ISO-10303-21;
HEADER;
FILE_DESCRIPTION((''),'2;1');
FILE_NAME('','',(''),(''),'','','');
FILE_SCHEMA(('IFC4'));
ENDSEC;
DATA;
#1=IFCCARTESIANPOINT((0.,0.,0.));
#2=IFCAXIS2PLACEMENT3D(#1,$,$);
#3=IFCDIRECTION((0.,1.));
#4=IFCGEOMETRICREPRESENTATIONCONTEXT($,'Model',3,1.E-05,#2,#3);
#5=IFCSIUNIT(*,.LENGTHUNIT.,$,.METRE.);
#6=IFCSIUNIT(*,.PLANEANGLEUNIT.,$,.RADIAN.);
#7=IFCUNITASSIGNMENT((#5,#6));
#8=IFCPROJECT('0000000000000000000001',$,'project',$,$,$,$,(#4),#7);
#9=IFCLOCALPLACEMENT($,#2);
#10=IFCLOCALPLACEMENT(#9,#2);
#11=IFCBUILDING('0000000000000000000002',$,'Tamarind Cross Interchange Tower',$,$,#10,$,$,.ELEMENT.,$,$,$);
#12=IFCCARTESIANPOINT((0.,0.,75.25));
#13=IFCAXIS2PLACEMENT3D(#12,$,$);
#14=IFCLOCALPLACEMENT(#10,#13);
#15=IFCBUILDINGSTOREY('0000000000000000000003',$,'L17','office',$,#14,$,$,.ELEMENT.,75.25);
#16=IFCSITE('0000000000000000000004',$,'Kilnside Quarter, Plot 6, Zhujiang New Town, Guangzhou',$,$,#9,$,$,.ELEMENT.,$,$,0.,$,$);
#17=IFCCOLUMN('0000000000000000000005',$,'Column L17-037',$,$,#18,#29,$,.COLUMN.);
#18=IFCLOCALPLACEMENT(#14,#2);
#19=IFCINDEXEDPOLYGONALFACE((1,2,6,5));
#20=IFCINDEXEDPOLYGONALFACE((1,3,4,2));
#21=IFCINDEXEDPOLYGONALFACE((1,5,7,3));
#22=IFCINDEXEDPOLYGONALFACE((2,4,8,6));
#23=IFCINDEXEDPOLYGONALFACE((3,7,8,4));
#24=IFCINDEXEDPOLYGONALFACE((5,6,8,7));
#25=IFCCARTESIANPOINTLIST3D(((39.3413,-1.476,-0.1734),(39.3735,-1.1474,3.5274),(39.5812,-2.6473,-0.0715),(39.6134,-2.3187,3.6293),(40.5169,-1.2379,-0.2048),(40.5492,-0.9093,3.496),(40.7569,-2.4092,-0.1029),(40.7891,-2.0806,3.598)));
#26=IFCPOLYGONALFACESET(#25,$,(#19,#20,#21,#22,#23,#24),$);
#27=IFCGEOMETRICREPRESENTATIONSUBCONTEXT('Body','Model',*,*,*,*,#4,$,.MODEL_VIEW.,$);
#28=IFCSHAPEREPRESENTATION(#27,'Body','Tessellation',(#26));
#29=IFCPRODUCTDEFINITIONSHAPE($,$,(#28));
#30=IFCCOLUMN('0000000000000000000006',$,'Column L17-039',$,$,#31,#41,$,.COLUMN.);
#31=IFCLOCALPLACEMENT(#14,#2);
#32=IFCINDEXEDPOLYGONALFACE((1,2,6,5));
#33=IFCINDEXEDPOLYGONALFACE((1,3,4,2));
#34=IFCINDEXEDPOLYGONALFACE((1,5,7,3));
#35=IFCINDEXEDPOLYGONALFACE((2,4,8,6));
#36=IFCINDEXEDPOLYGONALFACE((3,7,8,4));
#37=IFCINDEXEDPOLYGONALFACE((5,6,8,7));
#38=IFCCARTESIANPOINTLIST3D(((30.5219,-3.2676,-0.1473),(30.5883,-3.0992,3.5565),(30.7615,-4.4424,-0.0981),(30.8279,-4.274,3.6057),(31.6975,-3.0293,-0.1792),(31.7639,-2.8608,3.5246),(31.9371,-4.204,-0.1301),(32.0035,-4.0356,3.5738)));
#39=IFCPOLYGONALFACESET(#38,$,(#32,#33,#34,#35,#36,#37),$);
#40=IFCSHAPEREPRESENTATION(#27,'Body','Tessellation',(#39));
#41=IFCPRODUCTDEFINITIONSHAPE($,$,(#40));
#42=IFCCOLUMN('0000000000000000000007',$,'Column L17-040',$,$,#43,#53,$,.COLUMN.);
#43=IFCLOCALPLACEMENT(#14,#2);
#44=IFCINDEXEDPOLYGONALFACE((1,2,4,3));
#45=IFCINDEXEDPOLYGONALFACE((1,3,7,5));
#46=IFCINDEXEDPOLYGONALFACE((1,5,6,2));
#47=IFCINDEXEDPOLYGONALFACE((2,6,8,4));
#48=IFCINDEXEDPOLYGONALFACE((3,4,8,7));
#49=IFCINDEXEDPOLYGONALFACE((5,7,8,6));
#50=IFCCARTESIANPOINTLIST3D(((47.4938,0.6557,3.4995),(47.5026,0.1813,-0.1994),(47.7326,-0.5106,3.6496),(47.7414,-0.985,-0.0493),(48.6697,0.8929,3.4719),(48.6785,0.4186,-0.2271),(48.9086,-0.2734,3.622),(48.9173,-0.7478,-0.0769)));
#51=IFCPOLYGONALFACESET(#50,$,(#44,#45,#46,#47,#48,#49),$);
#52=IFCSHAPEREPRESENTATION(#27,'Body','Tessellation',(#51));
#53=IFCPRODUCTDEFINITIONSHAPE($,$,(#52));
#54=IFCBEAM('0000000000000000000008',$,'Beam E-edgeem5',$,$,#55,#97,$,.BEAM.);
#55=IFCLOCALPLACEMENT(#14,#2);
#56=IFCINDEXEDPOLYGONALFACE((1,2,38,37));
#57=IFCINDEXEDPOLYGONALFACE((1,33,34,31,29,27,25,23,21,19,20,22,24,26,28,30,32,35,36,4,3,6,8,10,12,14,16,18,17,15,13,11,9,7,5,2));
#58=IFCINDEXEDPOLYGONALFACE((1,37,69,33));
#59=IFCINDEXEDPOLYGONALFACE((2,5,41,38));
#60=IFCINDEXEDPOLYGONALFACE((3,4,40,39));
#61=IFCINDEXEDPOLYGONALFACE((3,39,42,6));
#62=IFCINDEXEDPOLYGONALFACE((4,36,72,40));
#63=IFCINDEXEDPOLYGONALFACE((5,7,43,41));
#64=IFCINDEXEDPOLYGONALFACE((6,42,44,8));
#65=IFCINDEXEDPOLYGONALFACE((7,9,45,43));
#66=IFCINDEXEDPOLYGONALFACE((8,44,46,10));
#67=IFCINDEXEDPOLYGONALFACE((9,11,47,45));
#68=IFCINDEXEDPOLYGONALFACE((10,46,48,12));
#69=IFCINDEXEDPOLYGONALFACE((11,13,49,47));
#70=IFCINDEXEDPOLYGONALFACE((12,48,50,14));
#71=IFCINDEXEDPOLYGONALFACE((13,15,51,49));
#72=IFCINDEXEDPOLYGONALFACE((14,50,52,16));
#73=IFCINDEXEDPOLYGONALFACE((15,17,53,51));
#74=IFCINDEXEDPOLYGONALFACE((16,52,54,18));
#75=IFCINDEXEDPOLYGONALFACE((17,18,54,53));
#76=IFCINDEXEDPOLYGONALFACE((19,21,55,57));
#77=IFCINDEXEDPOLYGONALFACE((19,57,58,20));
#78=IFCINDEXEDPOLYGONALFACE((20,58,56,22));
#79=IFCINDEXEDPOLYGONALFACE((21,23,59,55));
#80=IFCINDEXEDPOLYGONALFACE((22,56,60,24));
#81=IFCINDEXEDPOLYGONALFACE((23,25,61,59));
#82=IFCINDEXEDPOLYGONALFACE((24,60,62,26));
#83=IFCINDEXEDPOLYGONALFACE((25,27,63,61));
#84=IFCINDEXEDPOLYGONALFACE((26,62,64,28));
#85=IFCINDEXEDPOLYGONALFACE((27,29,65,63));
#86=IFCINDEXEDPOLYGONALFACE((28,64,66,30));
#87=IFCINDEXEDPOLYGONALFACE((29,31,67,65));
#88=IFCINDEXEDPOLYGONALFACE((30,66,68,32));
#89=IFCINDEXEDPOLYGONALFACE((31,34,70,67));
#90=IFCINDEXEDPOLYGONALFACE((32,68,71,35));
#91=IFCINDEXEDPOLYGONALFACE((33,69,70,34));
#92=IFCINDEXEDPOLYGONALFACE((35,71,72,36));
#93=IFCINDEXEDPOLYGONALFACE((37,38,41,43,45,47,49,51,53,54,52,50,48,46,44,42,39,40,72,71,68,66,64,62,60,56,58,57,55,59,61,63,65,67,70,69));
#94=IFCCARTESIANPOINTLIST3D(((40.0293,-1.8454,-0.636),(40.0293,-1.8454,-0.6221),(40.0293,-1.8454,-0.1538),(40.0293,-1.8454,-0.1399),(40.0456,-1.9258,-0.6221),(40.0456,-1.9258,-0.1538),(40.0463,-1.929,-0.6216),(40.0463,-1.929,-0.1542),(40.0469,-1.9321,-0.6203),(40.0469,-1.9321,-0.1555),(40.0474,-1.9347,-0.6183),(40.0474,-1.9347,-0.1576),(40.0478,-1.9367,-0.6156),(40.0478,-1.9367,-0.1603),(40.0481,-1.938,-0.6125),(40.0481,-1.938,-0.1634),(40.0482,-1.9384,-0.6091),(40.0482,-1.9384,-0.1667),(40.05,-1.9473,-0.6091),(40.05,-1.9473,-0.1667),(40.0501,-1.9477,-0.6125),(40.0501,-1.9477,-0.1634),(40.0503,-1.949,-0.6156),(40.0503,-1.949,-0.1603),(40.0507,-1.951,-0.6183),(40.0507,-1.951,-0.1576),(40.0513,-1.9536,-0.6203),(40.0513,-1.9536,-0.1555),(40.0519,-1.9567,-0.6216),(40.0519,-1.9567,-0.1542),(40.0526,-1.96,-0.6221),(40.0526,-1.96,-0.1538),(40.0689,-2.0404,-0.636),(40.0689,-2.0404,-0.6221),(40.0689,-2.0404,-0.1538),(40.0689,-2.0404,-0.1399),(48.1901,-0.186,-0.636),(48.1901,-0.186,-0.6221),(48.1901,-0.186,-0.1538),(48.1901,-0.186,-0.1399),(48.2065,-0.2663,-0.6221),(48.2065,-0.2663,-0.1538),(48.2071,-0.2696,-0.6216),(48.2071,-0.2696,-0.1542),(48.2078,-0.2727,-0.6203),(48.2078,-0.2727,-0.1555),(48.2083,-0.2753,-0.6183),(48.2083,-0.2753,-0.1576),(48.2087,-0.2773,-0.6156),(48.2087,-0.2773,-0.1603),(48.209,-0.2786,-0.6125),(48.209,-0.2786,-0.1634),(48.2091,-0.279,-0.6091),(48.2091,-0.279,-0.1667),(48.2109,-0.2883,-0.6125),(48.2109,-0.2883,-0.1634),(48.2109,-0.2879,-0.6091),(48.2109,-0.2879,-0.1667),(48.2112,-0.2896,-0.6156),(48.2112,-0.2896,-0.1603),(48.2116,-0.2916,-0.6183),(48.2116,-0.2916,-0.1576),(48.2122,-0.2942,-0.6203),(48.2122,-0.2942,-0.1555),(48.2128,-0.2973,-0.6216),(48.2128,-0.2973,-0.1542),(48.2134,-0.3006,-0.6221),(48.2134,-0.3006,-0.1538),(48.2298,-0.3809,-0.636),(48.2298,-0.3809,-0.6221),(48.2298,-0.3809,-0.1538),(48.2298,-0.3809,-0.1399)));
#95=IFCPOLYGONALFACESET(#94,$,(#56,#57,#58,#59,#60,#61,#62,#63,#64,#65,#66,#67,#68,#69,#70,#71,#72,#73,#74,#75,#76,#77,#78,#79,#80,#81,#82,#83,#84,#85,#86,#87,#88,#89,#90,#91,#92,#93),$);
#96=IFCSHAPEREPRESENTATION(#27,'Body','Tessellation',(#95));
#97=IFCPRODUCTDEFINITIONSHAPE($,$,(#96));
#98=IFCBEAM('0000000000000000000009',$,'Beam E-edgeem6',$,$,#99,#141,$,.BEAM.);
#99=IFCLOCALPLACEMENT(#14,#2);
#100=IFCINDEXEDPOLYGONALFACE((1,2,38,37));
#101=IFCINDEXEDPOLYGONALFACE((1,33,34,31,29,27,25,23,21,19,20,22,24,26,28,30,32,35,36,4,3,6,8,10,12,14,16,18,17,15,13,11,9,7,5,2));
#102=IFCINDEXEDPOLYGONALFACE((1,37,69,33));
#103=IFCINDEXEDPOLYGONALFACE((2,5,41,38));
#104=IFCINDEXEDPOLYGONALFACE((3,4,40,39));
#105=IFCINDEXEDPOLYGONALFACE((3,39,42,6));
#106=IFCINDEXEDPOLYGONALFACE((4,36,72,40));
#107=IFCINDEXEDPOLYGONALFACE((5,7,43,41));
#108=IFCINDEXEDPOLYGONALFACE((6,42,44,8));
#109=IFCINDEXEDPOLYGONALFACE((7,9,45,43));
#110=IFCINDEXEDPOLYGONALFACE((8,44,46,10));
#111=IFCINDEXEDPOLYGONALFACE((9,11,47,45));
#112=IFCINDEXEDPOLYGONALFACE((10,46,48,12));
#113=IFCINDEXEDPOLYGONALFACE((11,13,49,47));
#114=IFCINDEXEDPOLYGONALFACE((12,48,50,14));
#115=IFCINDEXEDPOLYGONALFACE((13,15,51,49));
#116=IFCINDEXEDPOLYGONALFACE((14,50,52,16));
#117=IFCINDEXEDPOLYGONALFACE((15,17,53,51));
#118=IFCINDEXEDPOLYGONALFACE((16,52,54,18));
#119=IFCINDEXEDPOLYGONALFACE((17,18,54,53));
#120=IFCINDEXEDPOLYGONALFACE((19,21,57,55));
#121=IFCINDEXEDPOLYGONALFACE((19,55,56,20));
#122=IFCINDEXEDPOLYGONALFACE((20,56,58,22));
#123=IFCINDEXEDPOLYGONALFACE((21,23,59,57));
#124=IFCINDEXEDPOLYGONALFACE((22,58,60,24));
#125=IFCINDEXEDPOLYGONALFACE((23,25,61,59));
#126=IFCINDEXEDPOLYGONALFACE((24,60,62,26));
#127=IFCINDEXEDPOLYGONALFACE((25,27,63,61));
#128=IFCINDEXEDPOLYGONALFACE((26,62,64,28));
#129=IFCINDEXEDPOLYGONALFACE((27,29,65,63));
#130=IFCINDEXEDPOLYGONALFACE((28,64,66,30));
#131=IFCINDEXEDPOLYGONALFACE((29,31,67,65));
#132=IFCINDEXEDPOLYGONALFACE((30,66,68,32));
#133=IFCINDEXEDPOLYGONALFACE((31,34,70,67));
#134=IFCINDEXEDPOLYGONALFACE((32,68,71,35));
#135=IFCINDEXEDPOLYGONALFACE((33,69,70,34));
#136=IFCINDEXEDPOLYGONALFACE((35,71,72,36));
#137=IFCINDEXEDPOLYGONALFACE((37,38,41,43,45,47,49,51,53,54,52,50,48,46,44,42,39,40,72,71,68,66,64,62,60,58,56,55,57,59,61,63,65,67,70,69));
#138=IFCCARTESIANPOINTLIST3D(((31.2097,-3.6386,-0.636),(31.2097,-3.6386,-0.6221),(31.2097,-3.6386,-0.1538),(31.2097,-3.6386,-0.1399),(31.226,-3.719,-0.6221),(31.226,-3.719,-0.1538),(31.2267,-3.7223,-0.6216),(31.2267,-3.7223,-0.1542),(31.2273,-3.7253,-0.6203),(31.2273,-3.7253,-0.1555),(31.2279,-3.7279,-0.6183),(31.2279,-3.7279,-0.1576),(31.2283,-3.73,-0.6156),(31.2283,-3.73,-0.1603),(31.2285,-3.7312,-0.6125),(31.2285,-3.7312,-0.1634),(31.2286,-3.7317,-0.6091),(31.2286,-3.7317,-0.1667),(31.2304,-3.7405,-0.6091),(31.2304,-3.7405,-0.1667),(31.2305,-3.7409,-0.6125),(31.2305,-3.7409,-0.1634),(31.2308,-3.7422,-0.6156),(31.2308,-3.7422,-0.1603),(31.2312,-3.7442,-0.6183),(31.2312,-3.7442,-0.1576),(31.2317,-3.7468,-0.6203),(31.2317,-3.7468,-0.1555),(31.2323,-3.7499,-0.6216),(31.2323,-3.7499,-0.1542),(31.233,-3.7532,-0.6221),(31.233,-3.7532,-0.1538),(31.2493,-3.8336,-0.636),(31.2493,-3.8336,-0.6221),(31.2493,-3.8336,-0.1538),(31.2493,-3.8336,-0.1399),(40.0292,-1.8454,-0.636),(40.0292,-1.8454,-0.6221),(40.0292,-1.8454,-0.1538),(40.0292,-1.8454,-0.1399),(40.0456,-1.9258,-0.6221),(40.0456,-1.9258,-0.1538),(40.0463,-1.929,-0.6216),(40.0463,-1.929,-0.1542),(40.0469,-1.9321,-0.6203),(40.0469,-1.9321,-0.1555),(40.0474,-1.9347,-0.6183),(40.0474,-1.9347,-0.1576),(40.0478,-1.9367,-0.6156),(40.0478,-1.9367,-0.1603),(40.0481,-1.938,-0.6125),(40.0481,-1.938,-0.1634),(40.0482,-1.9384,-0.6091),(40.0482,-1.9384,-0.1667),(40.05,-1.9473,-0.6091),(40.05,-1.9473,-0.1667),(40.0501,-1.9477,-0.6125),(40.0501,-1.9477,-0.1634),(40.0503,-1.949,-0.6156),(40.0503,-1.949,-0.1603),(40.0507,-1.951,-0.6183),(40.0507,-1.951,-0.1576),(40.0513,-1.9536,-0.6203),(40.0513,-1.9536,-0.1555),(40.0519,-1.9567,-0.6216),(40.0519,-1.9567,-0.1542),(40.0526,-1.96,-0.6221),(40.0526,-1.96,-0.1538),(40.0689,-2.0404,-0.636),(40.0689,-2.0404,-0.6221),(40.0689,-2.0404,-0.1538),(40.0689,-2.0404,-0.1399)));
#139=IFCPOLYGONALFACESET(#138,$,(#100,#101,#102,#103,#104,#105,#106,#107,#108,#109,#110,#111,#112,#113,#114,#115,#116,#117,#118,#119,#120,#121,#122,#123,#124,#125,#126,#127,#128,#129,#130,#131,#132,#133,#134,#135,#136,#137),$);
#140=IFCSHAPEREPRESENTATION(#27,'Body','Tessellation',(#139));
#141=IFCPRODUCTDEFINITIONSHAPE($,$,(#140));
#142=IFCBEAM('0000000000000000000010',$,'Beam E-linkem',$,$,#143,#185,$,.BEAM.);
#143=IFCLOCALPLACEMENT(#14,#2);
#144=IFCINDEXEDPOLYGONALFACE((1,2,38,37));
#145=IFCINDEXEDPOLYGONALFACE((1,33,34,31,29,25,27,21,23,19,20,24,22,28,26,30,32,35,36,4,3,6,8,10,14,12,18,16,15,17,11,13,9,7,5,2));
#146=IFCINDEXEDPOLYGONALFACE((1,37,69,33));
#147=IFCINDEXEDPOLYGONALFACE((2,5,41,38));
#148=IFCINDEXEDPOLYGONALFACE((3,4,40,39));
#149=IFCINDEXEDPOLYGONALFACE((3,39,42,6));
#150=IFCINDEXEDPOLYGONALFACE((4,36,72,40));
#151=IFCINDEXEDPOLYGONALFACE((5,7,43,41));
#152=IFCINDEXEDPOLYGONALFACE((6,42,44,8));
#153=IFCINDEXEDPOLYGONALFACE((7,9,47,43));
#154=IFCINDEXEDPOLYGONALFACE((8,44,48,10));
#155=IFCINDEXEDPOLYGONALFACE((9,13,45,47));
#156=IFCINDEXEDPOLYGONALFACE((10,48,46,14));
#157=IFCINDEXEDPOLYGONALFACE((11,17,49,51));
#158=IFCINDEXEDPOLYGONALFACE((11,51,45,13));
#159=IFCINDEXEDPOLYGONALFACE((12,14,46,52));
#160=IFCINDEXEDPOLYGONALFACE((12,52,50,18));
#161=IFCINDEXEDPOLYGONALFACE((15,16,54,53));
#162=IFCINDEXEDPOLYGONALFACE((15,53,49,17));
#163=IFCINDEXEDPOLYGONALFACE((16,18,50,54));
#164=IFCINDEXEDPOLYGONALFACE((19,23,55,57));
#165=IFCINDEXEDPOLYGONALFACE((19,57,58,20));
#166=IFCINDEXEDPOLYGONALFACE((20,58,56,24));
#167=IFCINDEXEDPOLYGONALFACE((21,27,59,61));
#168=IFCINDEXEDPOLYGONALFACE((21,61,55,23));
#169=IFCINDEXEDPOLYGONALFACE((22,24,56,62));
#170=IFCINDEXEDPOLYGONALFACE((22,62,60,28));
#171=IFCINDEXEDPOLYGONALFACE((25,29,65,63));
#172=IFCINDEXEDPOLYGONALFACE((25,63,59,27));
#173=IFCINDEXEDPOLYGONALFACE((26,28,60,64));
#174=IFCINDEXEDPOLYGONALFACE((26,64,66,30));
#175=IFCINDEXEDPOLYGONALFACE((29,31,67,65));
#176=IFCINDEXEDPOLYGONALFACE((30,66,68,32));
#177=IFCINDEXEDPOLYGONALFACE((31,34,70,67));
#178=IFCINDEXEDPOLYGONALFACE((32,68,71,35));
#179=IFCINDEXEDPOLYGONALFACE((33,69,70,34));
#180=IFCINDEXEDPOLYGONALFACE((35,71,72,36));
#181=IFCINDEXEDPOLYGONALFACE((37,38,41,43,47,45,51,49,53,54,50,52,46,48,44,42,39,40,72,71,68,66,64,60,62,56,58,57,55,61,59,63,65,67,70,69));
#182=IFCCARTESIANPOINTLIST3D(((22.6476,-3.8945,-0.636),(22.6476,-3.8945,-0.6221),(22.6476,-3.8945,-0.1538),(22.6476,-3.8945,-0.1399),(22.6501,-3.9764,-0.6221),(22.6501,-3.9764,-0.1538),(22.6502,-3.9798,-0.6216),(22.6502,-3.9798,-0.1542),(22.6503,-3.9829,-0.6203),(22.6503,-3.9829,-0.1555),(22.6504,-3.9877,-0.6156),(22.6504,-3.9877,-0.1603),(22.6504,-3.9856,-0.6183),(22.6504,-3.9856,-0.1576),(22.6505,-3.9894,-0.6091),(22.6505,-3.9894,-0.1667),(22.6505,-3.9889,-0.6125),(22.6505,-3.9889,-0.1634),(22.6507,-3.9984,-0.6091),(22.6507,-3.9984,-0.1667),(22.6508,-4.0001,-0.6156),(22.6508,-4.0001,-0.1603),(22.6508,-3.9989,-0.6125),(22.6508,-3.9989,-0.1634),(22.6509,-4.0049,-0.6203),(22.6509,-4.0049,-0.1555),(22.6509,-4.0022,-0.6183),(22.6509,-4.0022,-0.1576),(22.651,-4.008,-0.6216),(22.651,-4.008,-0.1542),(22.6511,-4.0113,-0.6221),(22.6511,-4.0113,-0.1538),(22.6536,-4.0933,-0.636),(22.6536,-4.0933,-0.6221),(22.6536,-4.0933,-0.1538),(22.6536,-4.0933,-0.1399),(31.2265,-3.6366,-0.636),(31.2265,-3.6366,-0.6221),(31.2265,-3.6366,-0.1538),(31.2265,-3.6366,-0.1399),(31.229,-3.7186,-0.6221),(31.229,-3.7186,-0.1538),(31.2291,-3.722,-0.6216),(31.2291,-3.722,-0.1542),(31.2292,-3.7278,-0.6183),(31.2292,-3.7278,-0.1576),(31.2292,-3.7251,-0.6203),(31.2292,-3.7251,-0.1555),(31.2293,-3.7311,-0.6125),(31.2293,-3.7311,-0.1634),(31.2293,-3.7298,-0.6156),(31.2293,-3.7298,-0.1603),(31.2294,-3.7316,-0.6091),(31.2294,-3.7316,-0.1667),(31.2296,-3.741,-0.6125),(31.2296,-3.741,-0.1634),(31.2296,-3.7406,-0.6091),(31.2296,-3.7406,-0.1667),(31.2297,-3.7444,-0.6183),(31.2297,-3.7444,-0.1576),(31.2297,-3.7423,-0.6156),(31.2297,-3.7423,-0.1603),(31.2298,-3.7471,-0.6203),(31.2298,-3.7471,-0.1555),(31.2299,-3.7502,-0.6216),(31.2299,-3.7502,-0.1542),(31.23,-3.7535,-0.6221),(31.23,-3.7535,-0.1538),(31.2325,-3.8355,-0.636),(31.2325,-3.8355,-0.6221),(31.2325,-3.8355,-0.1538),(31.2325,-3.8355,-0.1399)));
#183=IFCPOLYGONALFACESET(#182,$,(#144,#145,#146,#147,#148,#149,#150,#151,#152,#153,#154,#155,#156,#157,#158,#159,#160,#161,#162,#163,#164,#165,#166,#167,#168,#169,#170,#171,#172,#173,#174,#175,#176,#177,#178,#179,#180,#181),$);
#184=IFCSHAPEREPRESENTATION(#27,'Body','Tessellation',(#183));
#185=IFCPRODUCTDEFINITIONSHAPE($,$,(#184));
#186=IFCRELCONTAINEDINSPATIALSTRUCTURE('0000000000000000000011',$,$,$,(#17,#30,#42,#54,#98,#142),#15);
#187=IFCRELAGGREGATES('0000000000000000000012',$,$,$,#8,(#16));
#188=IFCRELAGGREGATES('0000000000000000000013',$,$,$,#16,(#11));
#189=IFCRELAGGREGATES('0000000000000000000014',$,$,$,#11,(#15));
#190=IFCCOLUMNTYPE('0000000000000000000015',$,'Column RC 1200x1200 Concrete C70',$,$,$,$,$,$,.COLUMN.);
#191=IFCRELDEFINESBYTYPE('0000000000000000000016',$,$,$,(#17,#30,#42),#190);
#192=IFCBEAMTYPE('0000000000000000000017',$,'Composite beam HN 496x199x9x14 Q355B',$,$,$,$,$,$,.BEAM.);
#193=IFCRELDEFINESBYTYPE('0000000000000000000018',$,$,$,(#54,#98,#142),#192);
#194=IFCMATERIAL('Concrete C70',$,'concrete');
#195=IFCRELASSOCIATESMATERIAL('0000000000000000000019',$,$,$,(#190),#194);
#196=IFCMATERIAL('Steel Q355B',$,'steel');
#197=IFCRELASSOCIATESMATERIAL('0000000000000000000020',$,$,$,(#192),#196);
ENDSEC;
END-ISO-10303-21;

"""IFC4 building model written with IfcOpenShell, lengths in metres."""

from ifc_helpers import new_model, si_unit, direction, frame, origin, origin_2d, place, context, subcontext, project, spatial, rectangle, i_section, extrude, material, material_profile, profile_set, type_object, element, save


model = new_model("IFC4")

# Units and contexts
model_context = context("Model", 3, precision=1e-05, world=origin(), true_north=direction((0.0, 1.0)))
body_context = subcontext(model_context, "Body", "Model", "MODEL_VIEW")
ifc_project = project(units=[si_unit("LENGTHUNIT", "METRE"), si_unit("PLANEANGLEUNIT", "RADIAN")], contexts=[model_context])

# Site, building, storey
site_placement = place(None, origin())
site = spatial("IfcSite", under=ifc_project, at=site_placement, Name="Kilnside Quarter, Plot 6, Zhujiang New Town, Guangzhou", CompositionType="ELEMENT", RefElevation=0.0)
building_placement = place(site_placement, origin())
building = spatial("IfcBuilding", under=site, at=building_placement, Name="Tamarind Cross Interchange Tower", CompositionType="ELEMENT")
storey_placement = place(building_placement, frame((0.0, 0.0, 75.25)))
storey = spatial("IfcBuildingStorey", under=building, at=storey_placement, Name="L17", Description="office", CompositionType="ELEMENT", Elevation=75.25)

# Columns
ifc_material_1 = material(Name="Concrete C70", Category="concrete")
ifc_material_profile_1 = material_profile(ifc_material_1, rectangle(XDim=1.2, YDim=1.2, at=origin_2d()), Name="RC 1200x1200")
ifc_profile_set_1 = profile_set([ifc_material_profile_1], Name="Concrete C70")
column_type = type_object("IfcColumnType", Name="Column RC 1200x1200 Concrete C70", PredefinedType="COLUMN", material=ifc_profile_set_1)
column_1_placement = place(storey_placement, frame((40.0491, -1.9426, -0.1382), z_axis=(0.008673, 0.088441, 0.996044), x_axis=(-0.979766, -0.198433, 0.026151)))
element("IfcColumn", 1, at=column_1_placement, inside=storey, type_object=column_type, Name="Column L17-037", PredefinedType="COLUMN", context=body_context, shape_type="SweptSolid", body=[
    extrude(rectangle(XDim=1.2, YDim=1.2, at=origin_2d()), origin(), (0.0, 0.0, 1.0), 3.7156),
])
column_2_placement = place(storey_placement, frame((31.2295, -3.7358, -0.1387), z_axis=(0.017908, 0.045427, 0.998807), x_axis=(-0.979709, -0.198653, 0.0266)))
element("IfcColumn", 2, at=column_2_placement, inside=storey, type_object=column_type, Name="Column L17-039", PredefinedType="COLUMN", context=body_context, shape_type="SweptSolid", body=[
    extrude(rectangle(XDim=1.2, YDim=1.2, at=origin_2d()), origin(), (0.0, 0.0, 1.0), 3.7083),
])
column_3_placement = place(storey_placement, frame((48.21, -0.2832, -0.1382), z_axis=(-0.002357, 0.1272, 0.991874), x_axis=(-0.979993, -0.197698, 0.023025)))
element("IfcColumn", 3, at=column_3_placement, inside=storey, type_object=column_type, Name="Column L17-040", PredefinedType="COLUMN", context=body_context, shape_type="SweptSolid", body=[
    extrude(rectangle(XDim=1.2, YDim=1.2, at=origin_2d()), origin(), (0.0, 0.0, 1.0), 3.7292),
])

# Beams
ifc_material_2 = material(Name="Steel Q355B", Category="steel")
ifc_material_profile_2 = material_profile(ifc_material_2, i_section(OverallWidth=0.199, OverallDepth=0.4961, WebThickness=0.009, FlangeThickness=0.0139, FilletRadius=0.0129, at=origin_2d()), Name="HN 496x199x9x14")
ifc_profile_set_2 = profile_set([ifc_material_profile_2], Name="Steel Q355B")
beam_type_1 = type_object("IfcBeamType", Name="Composite beam HN 496x199x9x14 Q355B", PredefinedType="BEAM", material=ifc_profile_set_2)
beam_1_placement = place(storey_placement, frame((48.21, -0.2834, -0.3879), z_axis=(-0.979946, -0.199261, 0.0), x_axis=(0.199261, -0.979946, 0.0)))
element("IfcBeam", 4, at=beam_1_placement, inside=storey, type_object=beam_type_1, Name="Beam E-edgeem5", PredefinedType="BEAM", context=body_context, shape_type="SweptSolid", body=[
    extrude(i_section(OverallWidth=0.199, OverallDepth=0.4961, WebThickness=0.009, FlangeThickness=0.0139, FilletRadius=0.0129, at=origin_2d()), origin(), (0.0, 0.0, 1.0), 8.3279),
])
beam_2_placement = place(storey_placement, frame((40.0491, -1.9429, -0.3879), z_axis=(-0.97995, -0.199245, 0.0), x_axis=(0.199245, -0.97995, 0.0)))
element("IfcBeam", 5, at=beam_2_placement, inside=storey, type_object=beam_type_1, Name="Beam E-edgeem6", PredefinedType="BEAM", context=body_context, shape_type="SweptSolid", body=[
    extrude(i_section(OverallWidth=0.199, OverallDepth=0.4961, WebThickness=0.009, FlangeThickness=0.0139, FilletRadius=0.0129, at=origin_2d()), origin(), (0.0, 0.0, 1.0), 9.0),
])
beam_3_placement = place(storey_placement, frame((31.2295, -3.7361, -0.3879), z_axis=(-0.999549, -0.030039, 0.0), x_axis=(0.030039, -0.999549, 0.0)))
element("IfcBeam", 6, at=beam_3_placement, inside=storey, type_object=beam_type_1, Name="Beam E-linkem", PredefinedType="BEAM", context=body_context, shape_type="SweptSolid", body=[
    extrude(i_section(OverallWidth=0.199, OverallDepth=0.4961, WebThickness=0.009, FlangeThickness=0.0139, FilletRadius=0.0129, at=origin_2d()), origin(), (0.0, 0.0, 1.0), 8.5828),
])

save(model, "model.ifc")
